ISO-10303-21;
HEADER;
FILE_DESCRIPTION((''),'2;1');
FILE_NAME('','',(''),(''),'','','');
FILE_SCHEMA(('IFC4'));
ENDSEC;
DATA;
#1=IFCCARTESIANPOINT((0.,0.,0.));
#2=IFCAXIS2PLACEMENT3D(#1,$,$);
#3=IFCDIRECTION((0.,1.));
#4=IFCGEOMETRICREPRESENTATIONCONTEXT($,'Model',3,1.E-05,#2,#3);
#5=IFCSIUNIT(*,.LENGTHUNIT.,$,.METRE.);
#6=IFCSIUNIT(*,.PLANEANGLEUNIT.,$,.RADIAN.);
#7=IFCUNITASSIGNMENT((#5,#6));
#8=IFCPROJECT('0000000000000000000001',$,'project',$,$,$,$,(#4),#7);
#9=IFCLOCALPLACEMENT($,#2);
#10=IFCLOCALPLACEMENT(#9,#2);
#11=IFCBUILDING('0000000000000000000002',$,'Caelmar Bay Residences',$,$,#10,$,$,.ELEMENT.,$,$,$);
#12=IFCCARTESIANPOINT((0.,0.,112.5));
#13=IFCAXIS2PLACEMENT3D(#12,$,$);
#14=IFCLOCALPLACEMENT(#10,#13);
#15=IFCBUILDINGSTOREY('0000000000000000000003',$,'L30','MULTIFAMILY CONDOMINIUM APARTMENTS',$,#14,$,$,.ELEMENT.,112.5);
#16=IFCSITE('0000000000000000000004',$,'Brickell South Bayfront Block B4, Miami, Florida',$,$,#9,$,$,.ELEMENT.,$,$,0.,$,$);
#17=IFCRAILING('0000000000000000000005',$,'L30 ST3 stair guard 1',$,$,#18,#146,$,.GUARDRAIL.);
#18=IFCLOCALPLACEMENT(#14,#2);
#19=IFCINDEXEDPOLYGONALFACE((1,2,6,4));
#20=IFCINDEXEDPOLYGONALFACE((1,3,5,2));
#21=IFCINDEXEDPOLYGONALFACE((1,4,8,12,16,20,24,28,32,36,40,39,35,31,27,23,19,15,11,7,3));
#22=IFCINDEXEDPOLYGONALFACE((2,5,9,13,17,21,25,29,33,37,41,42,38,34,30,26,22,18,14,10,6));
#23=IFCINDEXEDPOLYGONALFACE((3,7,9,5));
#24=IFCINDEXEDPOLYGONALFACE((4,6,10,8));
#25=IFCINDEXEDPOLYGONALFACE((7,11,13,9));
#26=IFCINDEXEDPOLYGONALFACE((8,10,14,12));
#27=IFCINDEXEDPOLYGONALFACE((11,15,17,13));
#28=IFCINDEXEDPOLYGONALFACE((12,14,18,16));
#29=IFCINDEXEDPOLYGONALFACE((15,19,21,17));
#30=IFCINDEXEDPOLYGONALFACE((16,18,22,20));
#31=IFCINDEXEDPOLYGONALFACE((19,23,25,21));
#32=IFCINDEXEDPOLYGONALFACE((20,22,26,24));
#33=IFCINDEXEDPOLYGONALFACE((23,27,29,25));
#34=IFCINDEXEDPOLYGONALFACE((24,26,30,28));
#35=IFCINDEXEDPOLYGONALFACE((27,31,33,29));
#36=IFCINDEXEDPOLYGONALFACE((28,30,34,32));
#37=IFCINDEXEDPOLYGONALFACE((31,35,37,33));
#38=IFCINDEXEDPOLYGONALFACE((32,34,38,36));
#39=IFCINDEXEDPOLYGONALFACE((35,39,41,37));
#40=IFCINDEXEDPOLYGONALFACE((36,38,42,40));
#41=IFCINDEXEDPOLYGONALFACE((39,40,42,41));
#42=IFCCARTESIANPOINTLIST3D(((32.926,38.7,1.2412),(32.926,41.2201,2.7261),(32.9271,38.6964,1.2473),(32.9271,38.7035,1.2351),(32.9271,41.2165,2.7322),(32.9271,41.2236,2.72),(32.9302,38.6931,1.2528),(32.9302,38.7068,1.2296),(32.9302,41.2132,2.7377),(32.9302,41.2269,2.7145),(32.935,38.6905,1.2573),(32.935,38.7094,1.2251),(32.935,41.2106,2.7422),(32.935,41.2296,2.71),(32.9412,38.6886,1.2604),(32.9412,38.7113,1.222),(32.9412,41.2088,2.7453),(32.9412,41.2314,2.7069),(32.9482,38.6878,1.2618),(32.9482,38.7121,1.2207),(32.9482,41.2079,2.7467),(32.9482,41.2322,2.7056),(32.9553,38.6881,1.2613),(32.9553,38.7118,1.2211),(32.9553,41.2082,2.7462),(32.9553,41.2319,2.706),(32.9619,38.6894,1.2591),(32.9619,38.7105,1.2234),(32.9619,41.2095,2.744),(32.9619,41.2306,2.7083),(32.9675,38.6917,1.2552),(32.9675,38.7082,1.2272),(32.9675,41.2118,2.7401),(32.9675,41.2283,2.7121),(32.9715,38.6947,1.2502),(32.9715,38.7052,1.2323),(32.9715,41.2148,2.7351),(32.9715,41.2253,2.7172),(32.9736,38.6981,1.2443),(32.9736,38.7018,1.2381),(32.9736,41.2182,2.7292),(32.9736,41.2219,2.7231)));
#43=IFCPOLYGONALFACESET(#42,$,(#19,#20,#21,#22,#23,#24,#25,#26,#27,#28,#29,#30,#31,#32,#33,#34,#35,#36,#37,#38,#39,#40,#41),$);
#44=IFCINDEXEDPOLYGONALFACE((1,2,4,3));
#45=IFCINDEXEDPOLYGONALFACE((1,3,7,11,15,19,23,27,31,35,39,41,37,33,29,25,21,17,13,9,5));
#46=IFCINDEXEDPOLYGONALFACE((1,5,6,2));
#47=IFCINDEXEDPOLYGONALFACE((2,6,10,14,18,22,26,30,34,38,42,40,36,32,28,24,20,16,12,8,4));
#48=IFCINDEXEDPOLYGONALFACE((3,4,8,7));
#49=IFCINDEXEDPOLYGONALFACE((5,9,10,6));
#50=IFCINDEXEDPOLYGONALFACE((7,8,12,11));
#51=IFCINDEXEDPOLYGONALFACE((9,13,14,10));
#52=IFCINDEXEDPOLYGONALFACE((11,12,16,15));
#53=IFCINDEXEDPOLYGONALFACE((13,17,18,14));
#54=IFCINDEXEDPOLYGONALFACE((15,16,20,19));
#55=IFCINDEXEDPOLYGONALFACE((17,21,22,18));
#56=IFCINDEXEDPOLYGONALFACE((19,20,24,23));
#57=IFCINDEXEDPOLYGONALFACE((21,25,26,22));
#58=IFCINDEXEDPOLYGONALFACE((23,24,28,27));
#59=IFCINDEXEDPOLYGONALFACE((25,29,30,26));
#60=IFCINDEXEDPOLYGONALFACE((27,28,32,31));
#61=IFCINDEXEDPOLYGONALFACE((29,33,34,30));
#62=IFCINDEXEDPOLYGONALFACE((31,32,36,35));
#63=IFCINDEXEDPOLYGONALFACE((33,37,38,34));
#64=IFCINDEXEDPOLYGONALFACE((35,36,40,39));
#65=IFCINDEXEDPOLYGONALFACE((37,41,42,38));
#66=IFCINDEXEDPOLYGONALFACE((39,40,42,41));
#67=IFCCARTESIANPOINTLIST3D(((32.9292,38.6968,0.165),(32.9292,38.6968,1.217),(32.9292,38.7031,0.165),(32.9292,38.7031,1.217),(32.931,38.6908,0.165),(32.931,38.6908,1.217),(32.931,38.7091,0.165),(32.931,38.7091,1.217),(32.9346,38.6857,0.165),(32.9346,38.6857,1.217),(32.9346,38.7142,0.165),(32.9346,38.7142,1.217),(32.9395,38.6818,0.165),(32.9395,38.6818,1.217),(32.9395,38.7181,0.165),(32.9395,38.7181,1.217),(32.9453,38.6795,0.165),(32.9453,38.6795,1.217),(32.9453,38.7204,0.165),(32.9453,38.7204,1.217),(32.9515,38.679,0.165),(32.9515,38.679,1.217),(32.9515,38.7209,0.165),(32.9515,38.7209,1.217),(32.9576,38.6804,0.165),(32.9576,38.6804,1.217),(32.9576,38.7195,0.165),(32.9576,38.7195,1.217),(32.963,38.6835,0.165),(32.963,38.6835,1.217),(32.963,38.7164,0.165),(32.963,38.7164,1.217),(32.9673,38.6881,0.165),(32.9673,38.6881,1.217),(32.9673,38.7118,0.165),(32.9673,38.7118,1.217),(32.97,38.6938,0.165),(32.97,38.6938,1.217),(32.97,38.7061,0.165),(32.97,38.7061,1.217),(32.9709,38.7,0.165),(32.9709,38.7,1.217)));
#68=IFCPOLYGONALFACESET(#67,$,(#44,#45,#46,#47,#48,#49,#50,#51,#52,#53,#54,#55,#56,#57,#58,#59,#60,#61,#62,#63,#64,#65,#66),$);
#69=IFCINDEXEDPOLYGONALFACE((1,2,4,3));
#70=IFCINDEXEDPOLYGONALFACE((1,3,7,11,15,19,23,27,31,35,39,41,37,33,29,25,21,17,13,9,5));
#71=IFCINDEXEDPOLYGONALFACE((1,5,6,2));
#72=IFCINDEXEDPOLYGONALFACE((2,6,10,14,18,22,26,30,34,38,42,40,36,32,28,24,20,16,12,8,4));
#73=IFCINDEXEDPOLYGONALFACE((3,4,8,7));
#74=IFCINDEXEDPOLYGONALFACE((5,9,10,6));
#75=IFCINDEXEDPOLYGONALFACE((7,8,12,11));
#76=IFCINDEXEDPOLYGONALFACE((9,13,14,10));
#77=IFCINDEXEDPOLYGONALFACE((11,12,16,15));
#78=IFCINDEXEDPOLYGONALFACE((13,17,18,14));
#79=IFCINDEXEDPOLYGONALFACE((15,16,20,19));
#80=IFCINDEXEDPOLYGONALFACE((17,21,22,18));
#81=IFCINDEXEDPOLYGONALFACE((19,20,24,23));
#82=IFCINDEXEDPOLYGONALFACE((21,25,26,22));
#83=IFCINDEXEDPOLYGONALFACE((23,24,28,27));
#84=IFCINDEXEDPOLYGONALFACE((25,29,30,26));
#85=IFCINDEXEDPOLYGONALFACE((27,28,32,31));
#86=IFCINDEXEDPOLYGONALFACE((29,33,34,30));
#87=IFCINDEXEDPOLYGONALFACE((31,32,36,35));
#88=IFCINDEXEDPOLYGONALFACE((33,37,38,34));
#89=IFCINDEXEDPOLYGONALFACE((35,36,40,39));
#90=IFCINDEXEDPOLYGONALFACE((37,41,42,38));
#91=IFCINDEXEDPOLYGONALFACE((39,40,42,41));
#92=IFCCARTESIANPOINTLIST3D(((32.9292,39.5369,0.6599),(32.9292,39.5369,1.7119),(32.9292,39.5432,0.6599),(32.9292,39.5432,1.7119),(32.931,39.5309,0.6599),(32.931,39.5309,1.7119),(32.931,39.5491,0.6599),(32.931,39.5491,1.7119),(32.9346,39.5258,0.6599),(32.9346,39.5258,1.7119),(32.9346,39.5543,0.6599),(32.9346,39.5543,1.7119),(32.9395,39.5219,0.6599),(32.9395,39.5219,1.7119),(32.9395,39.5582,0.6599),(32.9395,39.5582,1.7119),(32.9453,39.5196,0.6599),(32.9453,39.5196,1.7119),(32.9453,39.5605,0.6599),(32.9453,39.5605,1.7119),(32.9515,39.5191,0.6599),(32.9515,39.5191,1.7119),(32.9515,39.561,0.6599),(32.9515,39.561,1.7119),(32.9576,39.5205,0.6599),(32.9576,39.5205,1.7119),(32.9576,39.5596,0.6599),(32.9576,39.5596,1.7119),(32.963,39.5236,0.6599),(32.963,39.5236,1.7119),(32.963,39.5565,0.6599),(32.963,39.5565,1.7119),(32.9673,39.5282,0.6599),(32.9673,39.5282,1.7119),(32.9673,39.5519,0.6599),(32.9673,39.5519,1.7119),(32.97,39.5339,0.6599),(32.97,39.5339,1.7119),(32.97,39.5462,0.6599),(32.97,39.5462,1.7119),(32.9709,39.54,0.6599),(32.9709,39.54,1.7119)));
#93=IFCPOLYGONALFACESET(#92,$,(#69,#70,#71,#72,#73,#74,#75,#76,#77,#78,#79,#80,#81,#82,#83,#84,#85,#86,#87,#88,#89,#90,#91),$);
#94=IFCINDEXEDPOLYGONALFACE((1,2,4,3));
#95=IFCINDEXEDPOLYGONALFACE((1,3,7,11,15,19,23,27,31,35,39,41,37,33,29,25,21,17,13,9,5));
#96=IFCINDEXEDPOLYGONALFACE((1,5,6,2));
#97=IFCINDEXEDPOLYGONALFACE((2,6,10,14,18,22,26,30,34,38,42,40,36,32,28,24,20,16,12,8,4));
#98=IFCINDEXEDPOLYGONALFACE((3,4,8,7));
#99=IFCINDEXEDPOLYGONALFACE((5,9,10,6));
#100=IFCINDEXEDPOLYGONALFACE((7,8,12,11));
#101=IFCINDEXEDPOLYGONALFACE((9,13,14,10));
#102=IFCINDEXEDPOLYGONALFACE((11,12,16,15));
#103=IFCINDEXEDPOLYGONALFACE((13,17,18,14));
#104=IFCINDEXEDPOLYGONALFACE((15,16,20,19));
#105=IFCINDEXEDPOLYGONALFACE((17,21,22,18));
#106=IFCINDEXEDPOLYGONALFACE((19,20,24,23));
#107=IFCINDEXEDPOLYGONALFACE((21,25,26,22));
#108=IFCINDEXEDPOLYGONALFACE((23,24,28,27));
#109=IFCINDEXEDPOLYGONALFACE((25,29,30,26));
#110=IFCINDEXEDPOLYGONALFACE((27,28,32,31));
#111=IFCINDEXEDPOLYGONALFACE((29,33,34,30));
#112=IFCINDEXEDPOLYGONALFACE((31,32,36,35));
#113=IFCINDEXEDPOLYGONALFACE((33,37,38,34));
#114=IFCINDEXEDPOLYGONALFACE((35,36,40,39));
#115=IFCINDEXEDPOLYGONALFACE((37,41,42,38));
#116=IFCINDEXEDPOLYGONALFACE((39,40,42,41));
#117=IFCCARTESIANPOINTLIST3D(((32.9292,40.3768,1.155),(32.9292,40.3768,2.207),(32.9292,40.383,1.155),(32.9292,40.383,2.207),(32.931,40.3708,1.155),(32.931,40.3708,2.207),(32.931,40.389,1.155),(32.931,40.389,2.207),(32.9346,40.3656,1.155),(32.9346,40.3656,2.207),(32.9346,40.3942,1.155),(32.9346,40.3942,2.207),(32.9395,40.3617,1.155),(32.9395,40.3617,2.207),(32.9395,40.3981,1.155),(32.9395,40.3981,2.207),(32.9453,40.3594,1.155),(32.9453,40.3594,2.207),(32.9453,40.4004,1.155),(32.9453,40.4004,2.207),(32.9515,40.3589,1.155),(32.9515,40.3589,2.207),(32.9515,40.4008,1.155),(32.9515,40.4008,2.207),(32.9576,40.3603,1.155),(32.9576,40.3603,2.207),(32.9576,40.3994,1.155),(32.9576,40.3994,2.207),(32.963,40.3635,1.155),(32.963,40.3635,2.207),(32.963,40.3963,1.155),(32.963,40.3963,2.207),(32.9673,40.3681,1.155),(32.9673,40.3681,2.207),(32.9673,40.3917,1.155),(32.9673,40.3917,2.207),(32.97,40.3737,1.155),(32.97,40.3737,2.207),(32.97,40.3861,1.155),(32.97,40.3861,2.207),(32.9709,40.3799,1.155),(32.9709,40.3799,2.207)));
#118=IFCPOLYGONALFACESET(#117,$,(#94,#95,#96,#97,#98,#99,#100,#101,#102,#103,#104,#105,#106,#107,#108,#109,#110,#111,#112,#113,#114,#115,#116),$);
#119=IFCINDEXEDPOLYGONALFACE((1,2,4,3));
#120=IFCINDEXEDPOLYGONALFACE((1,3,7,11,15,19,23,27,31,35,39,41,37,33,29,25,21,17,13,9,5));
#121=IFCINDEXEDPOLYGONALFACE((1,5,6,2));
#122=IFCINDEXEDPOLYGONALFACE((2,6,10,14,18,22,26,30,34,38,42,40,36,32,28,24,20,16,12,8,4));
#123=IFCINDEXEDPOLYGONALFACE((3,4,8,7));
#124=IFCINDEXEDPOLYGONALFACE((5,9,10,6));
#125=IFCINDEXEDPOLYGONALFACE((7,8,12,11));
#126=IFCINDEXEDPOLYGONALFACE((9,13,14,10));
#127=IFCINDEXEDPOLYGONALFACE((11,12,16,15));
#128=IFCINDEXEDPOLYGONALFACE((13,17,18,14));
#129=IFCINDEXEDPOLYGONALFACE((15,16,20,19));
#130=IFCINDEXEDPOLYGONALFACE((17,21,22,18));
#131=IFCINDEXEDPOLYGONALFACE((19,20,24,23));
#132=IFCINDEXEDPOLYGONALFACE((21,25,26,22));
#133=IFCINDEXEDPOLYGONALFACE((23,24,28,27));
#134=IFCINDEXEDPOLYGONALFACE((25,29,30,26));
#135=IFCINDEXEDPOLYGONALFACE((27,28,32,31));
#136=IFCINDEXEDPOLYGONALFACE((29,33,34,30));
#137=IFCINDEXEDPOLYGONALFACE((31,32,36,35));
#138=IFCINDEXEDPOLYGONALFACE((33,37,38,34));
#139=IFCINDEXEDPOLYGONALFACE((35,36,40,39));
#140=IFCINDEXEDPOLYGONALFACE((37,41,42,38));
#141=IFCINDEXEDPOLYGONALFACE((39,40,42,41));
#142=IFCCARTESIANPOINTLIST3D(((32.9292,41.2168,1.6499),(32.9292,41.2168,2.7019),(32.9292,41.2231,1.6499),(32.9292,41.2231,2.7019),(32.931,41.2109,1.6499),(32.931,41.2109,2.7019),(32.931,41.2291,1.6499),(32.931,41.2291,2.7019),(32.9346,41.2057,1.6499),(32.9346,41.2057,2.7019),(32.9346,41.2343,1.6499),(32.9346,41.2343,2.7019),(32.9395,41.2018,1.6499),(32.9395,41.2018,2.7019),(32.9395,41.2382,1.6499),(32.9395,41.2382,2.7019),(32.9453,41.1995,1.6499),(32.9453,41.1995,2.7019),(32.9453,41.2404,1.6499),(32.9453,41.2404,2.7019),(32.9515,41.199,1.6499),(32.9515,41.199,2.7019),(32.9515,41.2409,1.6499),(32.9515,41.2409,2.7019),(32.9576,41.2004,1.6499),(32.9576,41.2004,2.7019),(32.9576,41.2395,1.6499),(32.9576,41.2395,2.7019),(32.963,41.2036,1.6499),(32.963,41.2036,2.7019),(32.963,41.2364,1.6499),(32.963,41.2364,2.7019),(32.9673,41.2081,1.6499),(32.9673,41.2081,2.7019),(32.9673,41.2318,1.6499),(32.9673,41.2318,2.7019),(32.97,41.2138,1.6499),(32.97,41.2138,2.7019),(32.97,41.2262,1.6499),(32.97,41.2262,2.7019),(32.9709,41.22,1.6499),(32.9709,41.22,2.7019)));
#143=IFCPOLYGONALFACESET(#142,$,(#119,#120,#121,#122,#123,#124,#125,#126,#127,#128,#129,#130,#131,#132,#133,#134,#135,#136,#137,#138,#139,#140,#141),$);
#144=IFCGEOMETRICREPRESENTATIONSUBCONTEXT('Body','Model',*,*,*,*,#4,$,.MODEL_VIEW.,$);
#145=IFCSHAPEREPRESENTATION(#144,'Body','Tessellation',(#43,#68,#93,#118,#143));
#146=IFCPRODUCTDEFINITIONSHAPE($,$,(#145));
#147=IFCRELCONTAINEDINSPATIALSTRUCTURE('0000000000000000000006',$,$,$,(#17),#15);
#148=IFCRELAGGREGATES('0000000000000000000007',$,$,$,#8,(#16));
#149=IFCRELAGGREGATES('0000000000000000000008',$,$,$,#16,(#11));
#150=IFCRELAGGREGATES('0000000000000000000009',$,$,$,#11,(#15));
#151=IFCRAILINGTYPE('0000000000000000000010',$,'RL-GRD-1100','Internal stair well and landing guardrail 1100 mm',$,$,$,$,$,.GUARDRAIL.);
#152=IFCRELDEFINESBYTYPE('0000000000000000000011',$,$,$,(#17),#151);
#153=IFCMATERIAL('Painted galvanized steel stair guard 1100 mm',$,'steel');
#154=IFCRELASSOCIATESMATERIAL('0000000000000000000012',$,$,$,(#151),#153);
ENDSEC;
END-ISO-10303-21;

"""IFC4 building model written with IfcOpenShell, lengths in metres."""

from ifc_helpers import new_model, si_unit, direction, frame, origin, origin_2d, place, context, subcontext, project, spatial, circle, extrude, material, type_object, element, save


model = new_model("IFC4")

# Units and contexts
model_context = context("Model", 3, precision=1e-05, world=origin(), true_north=direction((0.0, 1.0)))
body_context = subcontext(model_context, "Body", "Model", "MODEL_VIEW")
ifc_project = project(units=[si_unit("LENGTHUNIT", "METRE"), si_unit("PLANEANGLEUNIT", "RADIAN")], contexts=[model_context])

# Site, building, storey
site_placement = place(None, origin())
site = spatial("IfcSite", under=ifc_project, at=site_placement, Name="Brickell South Bayfront Block B4, Miami, Florida", CompositionType="ELEMENT", RefElevation=0.0)
building_placement = place(site_placement, origin())
building = spatial("IfcBuilding", under=site, at=building_placement, Name="Caelmar Bay Residences", CompositionType="ELEMENT")
storey_placement = place(building_placement, frame((0.0, 0.0, 112.5)))
storey = spatial("IfcBuildingStorey", under=building, at=storey_placement, Name="L30", Description="MULTIFAMILY CONDOMINIUM APARTMENTS", CompositionType="ELEMENT", Elevation=112.5)

# Railing
ifc_material_1 = material(Name="Painted galvanized steel stair guard 1100 mm", Category="steel")
railing_type_1 = type_object("IfcRailingType", Name="RL-GRD-1100", Description="Internal stair well and landing guardrail 1100 mm", PredefinedType="GUARDRAIL", material=ifc_material_1)
railing_1_placement = place(storey_placement, frame((32.95, 38.7, 0.165)))
element("IfcRailing", 1, at=railing_1_placement, inside=storey, type_object=railing_type_1, Name="L30 ST3 stair guard 1", PredefinedType="GUARDRAIL", context=body_context, shape_type="SweptSolid", body=[
    extrude(circle(Radius=0.0239, at=origin_2d()), frame((0.0, 0.0, 1.0762), z_axis=(0.0, 0.861561, 0.507655), x_axis=(-1.0, 0.0, 0.0)), (0.0, 0.0, 1.0), 2.925),
    extrude(circle(Radius=0.021, at=origin_2d()), origin(), (0.0, 0.0, 1.0), 1.052),
    extrude(circle(Radius=0.021, at=origin_2d()), frame((0.0, 0.8401, 0.4949)), (0.0, 0.0, 1.0), 1.052),
    extrude(circle(Radius=0.021, at=origin_2d()), frame((0.0, 1.6799, 0.99)), (0.0, 0.0, 1.0), 1.052),
    extrude(circle(Radius=0.021, at=origin_2d()), frame((0.0, 2.52, 1.4849)), (0.0, 0.0, 1.0), 1.052),
])

save(model, "model.ifc")
